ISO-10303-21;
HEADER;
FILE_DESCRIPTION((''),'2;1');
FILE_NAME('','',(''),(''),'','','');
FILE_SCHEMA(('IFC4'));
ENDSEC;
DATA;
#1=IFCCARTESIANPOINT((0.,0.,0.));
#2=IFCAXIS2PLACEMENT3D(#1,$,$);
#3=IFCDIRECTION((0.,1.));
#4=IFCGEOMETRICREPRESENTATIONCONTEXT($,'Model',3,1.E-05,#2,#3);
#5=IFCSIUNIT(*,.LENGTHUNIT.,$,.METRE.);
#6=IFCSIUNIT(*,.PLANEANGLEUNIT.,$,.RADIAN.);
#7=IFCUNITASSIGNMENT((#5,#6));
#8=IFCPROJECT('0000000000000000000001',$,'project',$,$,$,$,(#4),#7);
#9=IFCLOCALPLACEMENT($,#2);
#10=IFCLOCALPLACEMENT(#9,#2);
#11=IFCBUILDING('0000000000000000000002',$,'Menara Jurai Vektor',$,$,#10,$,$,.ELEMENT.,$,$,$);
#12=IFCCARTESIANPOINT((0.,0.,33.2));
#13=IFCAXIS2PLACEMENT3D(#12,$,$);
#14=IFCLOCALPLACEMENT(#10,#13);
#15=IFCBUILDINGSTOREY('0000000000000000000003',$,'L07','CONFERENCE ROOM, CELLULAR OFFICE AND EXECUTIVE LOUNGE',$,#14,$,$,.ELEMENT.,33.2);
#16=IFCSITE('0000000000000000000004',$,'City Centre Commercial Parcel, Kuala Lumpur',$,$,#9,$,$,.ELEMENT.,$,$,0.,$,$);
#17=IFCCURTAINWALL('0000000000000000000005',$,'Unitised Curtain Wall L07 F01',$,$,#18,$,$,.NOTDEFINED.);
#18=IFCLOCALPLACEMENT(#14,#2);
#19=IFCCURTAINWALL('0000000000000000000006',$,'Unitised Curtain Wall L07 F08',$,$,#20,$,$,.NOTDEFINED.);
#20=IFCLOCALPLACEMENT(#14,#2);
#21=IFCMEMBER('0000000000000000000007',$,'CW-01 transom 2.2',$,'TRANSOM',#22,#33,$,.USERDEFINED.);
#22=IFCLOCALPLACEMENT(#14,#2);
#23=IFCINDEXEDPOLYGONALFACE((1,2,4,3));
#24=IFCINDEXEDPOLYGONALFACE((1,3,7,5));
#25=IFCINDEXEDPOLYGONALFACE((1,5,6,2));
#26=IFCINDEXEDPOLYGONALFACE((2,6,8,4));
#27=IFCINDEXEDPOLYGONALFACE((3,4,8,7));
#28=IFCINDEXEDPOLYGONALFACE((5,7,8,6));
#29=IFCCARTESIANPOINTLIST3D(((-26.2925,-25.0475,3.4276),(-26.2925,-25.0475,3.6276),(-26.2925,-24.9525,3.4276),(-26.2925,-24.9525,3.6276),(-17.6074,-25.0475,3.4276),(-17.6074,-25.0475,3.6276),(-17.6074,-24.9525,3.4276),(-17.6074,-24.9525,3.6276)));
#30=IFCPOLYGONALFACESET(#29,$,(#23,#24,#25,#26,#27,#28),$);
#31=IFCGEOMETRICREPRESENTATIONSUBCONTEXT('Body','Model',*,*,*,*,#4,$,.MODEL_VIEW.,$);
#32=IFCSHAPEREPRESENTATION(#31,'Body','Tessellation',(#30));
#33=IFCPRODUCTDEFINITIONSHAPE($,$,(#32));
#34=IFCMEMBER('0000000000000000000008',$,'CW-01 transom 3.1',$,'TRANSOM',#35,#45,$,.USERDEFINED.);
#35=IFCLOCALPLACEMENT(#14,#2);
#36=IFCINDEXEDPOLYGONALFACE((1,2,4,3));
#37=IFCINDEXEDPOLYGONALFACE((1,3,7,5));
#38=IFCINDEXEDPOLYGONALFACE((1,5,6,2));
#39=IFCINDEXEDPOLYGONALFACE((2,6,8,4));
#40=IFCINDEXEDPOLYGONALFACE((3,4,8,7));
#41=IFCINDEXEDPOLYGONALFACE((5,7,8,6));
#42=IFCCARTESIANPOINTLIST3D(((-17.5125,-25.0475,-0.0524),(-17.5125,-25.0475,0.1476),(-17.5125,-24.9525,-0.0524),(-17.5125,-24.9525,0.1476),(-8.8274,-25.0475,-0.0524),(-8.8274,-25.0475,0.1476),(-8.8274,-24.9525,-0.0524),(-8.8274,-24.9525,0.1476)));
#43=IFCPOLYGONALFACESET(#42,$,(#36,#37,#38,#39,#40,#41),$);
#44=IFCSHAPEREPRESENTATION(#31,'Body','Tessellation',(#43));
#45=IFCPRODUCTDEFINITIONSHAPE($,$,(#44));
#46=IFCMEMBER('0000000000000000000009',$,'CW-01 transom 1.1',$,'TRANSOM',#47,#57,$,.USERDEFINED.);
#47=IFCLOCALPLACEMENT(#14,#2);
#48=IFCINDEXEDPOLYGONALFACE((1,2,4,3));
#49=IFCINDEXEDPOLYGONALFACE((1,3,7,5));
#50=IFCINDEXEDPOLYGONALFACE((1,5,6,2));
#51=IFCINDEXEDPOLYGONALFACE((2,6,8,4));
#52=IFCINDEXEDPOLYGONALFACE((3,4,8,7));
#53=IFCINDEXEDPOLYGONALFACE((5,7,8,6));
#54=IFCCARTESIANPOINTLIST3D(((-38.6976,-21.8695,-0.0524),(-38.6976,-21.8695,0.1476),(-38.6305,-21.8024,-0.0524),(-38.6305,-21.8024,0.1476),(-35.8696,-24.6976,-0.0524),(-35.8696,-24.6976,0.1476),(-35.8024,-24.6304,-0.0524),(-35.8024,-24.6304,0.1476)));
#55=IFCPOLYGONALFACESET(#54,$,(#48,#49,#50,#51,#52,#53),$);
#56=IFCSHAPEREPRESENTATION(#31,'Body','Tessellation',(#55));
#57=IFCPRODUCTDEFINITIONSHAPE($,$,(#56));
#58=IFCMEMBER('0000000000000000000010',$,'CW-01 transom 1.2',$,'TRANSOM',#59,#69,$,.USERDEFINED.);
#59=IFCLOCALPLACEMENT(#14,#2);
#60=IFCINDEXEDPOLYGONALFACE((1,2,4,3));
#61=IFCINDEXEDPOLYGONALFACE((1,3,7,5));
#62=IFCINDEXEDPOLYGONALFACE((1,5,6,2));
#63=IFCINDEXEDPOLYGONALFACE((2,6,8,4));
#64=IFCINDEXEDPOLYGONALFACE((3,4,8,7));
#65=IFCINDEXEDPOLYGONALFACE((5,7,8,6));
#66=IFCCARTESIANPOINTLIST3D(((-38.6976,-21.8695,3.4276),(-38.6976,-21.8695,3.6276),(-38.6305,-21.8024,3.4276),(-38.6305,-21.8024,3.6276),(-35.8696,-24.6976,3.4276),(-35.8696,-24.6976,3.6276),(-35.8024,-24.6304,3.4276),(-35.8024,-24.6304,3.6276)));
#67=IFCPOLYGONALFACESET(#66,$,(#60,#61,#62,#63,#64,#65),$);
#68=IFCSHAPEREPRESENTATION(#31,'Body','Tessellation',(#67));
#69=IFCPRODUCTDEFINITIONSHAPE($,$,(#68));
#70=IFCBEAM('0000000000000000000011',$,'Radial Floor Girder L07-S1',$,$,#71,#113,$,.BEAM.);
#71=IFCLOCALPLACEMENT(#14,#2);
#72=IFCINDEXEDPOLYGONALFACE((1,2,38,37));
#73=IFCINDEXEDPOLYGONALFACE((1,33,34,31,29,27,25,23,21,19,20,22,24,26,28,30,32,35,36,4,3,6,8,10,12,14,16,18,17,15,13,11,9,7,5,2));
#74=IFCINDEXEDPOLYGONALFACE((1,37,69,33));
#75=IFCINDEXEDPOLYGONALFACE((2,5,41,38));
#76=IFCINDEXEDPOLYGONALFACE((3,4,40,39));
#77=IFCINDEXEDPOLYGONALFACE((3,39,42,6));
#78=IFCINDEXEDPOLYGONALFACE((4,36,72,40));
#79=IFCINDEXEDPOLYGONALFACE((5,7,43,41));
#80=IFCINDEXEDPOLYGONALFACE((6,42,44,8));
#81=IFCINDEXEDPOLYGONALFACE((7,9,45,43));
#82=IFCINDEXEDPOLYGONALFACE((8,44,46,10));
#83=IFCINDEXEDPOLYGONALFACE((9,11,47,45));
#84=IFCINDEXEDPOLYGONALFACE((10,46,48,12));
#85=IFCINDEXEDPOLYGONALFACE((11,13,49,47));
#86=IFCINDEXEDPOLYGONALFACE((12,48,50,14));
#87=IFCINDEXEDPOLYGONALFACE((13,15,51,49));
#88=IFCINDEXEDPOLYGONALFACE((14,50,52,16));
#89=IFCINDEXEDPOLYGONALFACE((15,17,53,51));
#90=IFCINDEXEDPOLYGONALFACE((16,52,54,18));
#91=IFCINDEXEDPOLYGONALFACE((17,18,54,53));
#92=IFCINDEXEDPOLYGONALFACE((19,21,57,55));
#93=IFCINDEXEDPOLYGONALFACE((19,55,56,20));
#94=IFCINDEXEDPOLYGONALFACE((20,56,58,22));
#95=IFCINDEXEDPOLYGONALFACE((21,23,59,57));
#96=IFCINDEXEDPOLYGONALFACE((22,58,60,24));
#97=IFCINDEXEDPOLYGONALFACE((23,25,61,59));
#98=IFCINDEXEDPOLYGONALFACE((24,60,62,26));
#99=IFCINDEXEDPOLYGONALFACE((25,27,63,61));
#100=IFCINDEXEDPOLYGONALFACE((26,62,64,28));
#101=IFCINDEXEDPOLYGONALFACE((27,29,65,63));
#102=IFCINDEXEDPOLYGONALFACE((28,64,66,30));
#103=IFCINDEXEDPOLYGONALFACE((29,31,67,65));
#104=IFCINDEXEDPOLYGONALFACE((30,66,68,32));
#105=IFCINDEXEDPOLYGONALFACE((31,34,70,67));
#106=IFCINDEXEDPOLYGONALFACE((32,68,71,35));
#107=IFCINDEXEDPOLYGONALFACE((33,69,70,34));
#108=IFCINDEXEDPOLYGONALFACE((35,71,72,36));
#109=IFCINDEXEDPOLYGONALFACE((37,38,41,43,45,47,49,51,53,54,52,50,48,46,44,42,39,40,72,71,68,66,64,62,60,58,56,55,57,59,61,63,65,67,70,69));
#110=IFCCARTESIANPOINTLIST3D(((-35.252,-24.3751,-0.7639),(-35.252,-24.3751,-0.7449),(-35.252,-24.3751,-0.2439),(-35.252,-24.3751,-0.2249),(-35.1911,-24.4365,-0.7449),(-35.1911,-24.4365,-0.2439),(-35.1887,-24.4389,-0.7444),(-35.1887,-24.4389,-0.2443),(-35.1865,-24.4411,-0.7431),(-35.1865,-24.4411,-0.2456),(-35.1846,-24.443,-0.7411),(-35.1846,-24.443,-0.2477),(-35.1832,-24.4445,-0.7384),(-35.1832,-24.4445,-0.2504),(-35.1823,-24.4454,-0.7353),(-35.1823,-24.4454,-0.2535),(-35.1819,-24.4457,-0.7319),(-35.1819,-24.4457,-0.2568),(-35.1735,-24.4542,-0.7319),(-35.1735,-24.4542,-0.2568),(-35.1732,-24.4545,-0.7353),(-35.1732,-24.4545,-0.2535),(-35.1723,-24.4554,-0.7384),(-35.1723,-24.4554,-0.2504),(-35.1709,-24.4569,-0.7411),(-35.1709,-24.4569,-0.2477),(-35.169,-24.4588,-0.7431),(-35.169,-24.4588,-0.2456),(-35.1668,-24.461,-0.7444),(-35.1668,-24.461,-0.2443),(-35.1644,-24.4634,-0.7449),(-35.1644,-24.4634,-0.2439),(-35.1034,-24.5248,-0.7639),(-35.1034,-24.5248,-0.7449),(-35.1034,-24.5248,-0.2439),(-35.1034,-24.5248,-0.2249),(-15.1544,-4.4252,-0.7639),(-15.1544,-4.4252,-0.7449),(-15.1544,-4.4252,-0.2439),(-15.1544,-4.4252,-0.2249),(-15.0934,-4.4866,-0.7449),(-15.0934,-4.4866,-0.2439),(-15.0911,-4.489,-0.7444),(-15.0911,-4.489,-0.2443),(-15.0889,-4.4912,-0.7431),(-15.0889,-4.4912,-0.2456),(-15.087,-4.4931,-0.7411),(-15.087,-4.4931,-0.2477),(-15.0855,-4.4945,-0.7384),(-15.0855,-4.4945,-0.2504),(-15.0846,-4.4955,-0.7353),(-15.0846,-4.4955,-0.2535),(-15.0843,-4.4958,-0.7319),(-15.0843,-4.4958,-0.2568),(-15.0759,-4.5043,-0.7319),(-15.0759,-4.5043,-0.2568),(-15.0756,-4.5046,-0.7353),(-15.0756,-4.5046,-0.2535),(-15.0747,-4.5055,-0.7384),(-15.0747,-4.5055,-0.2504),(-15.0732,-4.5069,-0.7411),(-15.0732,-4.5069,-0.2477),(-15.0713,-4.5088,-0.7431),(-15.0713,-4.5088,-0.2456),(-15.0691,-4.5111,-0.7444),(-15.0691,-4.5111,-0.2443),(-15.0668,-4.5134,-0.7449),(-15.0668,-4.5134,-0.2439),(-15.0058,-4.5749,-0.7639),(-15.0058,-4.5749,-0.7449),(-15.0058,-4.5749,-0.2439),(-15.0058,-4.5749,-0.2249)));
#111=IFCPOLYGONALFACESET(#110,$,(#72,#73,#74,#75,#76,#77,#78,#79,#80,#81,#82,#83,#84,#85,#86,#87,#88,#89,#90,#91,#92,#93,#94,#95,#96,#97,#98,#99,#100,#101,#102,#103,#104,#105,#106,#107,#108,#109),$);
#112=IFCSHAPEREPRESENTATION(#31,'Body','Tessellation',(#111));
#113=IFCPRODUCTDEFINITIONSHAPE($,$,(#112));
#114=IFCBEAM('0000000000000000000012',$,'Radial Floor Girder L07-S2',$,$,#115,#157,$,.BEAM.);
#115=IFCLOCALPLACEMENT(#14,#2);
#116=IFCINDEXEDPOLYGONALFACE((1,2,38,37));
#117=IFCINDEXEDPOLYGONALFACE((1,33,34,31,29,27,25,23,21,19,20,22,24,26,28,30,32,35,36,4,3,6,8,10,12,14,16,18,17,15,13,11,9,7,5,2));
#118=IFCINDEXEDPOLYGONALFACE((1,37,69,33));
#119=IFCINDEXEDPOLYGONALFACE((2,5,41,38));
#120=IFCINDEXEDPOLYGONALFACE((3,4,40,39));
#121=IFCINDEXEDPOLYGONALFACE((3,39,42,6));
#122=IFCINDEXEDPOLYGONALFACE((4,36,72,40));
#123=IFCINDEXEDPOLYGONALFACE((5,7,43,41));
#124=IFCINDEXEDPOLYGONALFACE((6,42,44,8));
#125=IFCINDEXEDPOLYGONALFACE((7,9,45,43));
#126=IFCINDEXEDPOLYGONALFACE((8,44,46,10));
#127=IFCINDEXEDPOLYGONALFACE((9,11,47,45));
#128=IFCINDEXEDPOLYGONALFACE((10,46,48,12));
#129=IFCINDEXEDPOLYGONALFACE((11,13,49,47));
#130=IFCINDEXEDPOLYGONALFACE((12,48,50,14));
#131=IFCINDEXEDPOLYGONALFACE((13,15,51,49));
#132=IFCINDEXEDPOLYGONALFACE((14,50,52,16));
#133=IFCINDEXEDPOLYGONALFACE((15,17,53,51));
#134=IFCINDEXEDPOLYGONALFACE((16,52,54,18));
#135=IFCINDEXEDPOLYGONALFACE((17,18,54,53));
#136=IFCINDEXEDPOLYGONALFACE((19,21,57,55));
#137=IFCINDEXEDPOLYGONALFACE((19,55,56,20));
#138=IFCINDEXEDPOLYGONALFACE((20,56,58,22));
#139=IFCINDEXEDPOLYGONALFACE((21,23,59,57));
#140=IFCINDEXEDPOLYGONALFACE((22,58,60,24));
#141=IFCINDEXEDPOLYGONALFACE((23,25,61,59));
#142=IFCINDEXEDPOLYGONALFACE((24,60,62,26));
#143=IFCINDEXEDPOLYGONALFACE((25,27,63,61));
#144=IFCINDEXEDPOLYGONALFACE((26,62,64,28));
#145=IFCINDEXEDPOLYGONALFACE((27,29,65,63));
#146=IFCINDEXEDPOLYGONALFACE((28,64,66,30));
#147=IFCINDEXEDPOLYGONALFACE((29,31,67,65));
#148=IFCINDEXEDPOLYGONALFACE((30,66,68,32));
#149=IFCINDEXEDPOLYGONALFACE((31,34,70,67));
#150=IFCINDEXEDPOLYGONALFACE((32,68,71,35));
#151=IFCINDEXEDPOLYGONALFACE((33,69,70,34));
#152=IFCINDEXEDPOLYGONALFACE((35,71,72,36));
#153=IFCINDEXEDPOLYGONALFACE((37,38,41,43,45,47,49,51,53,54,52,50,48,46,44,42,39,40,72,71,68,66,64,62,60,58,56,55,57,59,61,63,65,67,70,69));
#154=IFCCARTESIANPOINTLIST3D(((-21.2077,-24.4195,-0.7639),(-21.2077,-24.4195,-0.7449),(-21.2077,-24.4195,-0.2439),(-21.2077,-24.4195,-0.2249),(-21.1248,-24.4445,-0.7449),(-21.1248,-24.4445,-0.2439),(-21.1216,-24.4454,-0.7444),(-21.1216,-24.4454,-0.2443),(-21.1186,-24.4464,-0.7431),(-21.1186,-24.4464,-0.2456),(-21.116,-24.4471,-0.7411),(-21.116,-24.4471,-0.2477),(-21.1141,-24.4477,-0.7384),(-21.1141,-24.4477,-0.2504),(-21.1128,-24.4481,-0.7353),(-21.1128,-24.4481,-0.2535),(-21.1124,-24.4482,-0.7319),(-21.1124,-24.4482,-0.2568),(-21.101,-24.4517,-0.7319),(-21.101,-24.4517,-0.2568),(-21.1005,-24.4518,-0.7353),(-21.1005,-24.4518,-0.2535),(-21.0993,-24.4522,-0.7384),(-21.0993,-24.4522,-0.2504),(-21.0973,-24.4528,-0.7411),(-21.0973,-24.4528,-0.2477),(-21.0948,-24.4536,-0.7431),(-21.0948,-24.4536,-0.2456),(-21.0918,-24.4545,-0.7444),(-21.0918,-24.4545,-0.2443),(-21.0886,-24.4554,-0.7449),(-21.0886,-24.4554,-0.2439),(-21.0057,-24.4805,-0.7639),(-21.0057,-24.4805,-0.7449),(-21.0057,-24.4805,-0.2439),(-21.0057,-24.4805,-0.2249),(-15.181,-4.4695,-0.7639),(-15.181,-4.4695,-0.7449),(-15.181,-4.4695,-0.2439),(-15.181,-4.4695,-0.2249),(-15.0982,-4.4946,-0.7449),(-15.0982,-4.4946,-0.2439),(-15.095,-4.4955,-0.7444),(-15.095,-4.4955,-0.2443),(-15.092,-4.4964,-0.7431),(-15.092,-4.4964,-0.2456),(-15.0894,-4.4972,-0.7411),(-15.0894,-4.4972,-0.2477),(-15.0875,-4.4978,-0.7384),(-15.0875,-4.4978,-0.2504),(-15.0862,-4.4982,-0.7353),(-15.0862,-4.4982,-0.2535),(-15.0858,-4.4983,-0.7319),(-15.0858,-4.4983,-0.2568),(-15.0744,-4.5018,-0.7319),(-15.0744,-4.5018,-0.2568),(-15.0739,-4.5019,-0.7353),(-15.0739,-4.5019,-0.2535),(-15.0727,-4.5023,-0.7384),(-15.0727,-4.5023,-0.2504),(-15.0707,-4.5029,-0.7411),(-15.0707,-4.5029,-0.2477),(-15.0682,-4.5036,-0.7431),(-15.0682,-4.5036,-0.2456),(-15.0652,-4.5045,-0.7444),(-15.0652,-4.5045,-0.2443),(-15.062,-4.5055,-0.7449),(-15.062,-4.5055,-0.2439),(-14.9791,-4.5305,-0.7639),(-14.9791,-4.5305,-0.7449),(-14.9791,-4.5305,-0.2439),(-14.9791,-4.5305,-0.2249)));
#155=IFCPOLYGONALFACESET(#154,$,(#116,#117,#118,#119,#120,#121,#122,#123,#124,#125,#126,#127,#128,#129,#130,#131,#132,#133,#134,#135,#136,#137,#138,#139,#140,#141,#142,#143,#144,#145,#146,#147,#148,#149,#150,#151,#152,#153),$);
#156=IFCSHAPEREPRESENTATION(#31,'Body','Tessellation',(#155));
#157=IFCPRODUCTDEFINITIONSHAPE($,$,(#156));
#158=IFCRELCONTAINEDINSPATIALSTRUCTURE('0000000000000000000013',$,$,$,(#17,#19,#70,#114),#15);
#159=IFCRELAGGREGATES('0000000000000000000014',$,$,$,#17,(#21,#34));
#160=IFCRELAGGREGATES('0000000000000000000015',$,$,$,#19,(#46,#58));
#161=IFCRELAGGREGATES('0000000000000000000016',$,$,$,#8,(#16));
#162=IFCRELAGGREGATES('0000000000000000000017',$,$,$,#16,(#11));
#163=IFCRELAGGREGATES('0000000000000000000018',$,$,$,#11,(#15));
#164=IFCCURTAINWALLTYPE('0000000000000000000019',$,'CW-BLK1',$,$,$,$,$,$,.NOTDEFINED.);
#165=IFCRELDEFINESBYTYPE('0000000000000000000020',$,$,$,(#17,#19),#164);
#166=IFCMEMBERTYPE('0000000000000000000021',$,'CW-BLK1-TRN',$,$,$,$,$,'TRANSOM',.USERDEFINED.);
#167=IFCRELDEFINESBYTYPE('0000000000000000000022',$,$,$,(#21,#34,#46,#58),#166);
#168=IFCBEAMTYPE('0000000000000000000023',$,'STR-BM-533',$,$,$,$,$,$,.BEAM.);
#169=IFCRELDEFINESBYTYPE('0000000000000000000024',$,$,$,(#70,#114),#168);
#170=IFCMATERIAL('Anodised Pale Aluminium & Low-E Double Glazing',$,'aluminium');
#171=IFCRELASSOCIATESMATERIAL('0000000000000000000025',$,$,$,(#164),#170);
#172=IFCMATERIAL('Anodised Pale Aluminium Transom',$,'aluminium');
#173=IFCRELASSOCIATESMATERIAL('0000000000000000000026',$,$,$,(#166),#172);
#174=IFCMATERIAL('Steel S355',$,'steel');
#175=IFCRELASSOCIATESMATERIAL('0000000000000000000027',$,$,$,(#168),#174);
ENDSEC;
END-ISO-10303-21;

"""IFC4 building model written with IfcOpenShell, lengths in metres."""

from ifc_helpers import new_model, si_unit, direction, frame, origin, origin_2d, place, context, subcontext, project, spatial, rectangle, i_section, extrude, material, material_profile, profile_set, type_object, element, aggregate, save


model = new_model("IFC4")

# Units and contexts
model_context = context("Model", 3, precision=1e-05, world=origin(), true_north=direction((0.0, 1.0)))
body_context = subcontext(model_context, "Body", "Model", "MODEL_VIEW")
ifc_project = project(units=[si_unit("LENGTHUNIT", "METRE"), si_unit("PLANEANGLEUNIT", "RADIAN")], contexts=[model_context])

# Site, building, storey
site_placement = place(None, origin())
site = spatial("IfcSite", under=ifc_project, at=site_placement, Name="City Centre Commercial Parcel, Kuala Lumpur", CompositionType="ELEMENT", RefElevation=0.0)
building_placement = place(site_placement, origin())
building = spatial("IfcBuilding", under=site, at=building_placement, Name="Menara Jurai Vektor", CompositionType="ELEMENT")
storey_placement = place(building_placement, frame((0.0, 0.0, 33.2)))
storey = spatial("IfcBuildingStorey", under=building, at=storey_placement, Name="L07", Description="CONFERENCE ROOM, CELLULAR OFFICE AND EXECUTIVE LOUNGE", CompositionType="ELEMENT", Elevation=33.2)

# Curtain wall
ifc_material_1 = material(Name="Anodised Pale Aluminium & Low-E Double Glazing", Category="aluminium")
curtain_wall_type = type_object("IfcCurtainWallType", Name="CW-BLK1", PredefinedType="NOTDEFINED", material=ifc_material_1)
curtain_wall_1_placement = place(storey_placement, origin())
curtain_wall_1 = element("IfcCurtainWall", 1, at=curtain_wall_1_placement, inside=storey, type_object=curtain_wall_type, Name="Unitised Curtain Wall L07 F01", PredefinedType="NOTDEFINED")

# Curtain wall
curtain_wall_2_placement = place(storey_placement, origin())
curtain_wall_2 = element("IfcCurtainWall", 2, at=curtain_wall_2_placement, inside=storey, type_object=curtain_wall_type, Name="Unitised Curtain Wall L07 F08", PredefinedType="NOTDEFINED")

# Members
ifc_material_2 = material(Name="Anodised Pale Aluminium Transom", Category="aluminium")
ifc_material_profile_1 = material_profile(ifc_material_2, rectangle(XDim=0.095, YDim=0.2, at=origin_2d()), Name="ALU TRN 95x200")
ifc_profile_set_1 = profile_set([ifc_material_profile_1], Name="Anodised Pale Aluminium Transom")
member_type_1 = type_object("IfcMemberType", Name="CW-BLK1-TRN", ElementType="TRANSOM", PredefinedType="USERDEFINED", material=ifc_profile_set_1)
member_1_placement = place(storey_placement, frame((-26.2925, -25.0, 3.5276), z_axis=(1.0, 0.0, 0.0), x_axis=(0.0, 1.0, 0.0)))
member_1 = element("IfcMember", 3, at=member_1_placement, type_object=member_type_1, Name="CW-01 transom 2.2", ObjectType="TRANSOM", PredefinedType="USERDEFINED", context=body_context, shape_type="SweptSolid", body=[
    extrude(rectangle(XDim=0.095, YDim=0.2, at=origin_2d()), origin(), (0.0, 0.0, 1.0), 8.6851),
])
member_2_placement = place(storey_placement, frame((-17.5125, -25.0, 0.0476), z_axis=(1.0, 0.0, 0.0), x_axis=(0.0, 1.0, 0.0)))
member_2 = element("IfcMember", 4, at=member_2_placement, type_object=member_type_1, Name="CW-01 transom 3.1", ObjectType="TRANSOM", PredefinedType="USERDEFINED", context=body_context, shape_type="SweptSolid", body=[
    extrude(rectangle(XDim=0.095, YDim=0.2, at=origin_2d()), origin(), (0.0, 0.0, 1.0), 8.6851),
])
member_3_placement = place(storey_placement, frame((-38.6641, -21.8359, 0.0476), z_axis=(0.707107, -0.707107, 0.0), x_axis=(0.707107, 0.707107, 0.0)))
member_3 = element("IfcMember", 5, at=member_3_placement, type_object=member_type_1, Name="CW-01 transom 1.1", ObjectType="TRANSOM", PredefinedType="USERDEFINED", context=body_context, shape_type="SweptSolid", body=[
    extrude(rectangle(XDim=0.095, YDim=0.2, at=origin_2d()), origin(), (0.0, 0.0, 1.0), 3.9995),
])
member_4_placement = place(storey_placement, frame((-38.6641, -21.8359, 3.5276), z_axis=(0.707107, -0.707107, 0.0), x_axis=(0.707107, 0.707107, 0.0)))
member_4 = element("IfcMember", 6, at=member_4_placement, type_object=member_type_1, Name="CW-01 transom 1.2", ObjectType="TRANSOM", PredefinedType="USERDEFINED", context=body_context, shape_type="SweptSolid", body=[
    extrude(rectangle(XDim=0.095, YDim=0.2, at=origin_2d()), origin(), (0.0, 0.0, 1.0), 3.9995),
])

# Beams
ifc_material_3 = material(Name="Steel S355", Category="steel")
ifc_material_profile_2 = material_profile(ifc_material_3, i_section(OverallWidth=0.2109, OverallDepth=0.5391, WebThickness=0.012, FlangeThickness=0.019, FilletRadius=0.0129, at=origin_2d()), Name="UKB 533x210x109")
ifc_profile_set_2 = profile_set([ifc_material_profile_2], Name="Steel S355")
beam_type_1 = type_object("IfcBeamType", Name="STR-BM-533", PredefinedType="BEAM", material=ifc_profile_set_2)
beam_1_placement = place(storey_placement, frame((-35.1777, -24.45, -0.4944), z_axis=(0.70971, 0.704494, 0.0), x_axis=(-0.704494, 0.70971, 0.0)))
element("IfcBeam", 7, at=beam_1_placement, inside=storey, type_object=beam_type_1, Name="Radial Floor Girder L07-S1", PredefinedType="BEAM", context=body_context, shape_type="SweptSolid", body=[
    extrude(i_section(OverallWidth=0.2109, OverallDepth=0.5391, WebThickness=0.012, FlangeThickness=0.019, FilletRadius=0.0129, at=origin_2d()), origin(), (0.0, 0.0, 1.0), 28.3181),
])
beam_2_placement = place(storey_placement, frame((-21.1067, -24.45, -0.4944), z_axis=(0.28918, 0.957275, 0.0), x_axis=(-0.957275, 0.28918, 0.0)))
element("IfcBeam", 8, at=beam_2_placement, inside=storey, type_object=beam_type_1, Name="Radial Floor Girder L07-S2", PredefinedType="BEAM", context=body_context, shape_type="SweptSolid", body=[
    extrude(i_section(OverallWidth=0.2109, OverallDepth=0.5391, WebThickness=0.012, FlangeThickness=0.019, FilletRadius=0.0129, at=origin_2d()), origin(), (0.0, 0.0, 1.0), 20.8403),
])

aggregate(curtain_wall_1, [member_1, member_2])
aggregate(curtain_wall_2, [member_3, member_4])

save(model, "model.ifc")
